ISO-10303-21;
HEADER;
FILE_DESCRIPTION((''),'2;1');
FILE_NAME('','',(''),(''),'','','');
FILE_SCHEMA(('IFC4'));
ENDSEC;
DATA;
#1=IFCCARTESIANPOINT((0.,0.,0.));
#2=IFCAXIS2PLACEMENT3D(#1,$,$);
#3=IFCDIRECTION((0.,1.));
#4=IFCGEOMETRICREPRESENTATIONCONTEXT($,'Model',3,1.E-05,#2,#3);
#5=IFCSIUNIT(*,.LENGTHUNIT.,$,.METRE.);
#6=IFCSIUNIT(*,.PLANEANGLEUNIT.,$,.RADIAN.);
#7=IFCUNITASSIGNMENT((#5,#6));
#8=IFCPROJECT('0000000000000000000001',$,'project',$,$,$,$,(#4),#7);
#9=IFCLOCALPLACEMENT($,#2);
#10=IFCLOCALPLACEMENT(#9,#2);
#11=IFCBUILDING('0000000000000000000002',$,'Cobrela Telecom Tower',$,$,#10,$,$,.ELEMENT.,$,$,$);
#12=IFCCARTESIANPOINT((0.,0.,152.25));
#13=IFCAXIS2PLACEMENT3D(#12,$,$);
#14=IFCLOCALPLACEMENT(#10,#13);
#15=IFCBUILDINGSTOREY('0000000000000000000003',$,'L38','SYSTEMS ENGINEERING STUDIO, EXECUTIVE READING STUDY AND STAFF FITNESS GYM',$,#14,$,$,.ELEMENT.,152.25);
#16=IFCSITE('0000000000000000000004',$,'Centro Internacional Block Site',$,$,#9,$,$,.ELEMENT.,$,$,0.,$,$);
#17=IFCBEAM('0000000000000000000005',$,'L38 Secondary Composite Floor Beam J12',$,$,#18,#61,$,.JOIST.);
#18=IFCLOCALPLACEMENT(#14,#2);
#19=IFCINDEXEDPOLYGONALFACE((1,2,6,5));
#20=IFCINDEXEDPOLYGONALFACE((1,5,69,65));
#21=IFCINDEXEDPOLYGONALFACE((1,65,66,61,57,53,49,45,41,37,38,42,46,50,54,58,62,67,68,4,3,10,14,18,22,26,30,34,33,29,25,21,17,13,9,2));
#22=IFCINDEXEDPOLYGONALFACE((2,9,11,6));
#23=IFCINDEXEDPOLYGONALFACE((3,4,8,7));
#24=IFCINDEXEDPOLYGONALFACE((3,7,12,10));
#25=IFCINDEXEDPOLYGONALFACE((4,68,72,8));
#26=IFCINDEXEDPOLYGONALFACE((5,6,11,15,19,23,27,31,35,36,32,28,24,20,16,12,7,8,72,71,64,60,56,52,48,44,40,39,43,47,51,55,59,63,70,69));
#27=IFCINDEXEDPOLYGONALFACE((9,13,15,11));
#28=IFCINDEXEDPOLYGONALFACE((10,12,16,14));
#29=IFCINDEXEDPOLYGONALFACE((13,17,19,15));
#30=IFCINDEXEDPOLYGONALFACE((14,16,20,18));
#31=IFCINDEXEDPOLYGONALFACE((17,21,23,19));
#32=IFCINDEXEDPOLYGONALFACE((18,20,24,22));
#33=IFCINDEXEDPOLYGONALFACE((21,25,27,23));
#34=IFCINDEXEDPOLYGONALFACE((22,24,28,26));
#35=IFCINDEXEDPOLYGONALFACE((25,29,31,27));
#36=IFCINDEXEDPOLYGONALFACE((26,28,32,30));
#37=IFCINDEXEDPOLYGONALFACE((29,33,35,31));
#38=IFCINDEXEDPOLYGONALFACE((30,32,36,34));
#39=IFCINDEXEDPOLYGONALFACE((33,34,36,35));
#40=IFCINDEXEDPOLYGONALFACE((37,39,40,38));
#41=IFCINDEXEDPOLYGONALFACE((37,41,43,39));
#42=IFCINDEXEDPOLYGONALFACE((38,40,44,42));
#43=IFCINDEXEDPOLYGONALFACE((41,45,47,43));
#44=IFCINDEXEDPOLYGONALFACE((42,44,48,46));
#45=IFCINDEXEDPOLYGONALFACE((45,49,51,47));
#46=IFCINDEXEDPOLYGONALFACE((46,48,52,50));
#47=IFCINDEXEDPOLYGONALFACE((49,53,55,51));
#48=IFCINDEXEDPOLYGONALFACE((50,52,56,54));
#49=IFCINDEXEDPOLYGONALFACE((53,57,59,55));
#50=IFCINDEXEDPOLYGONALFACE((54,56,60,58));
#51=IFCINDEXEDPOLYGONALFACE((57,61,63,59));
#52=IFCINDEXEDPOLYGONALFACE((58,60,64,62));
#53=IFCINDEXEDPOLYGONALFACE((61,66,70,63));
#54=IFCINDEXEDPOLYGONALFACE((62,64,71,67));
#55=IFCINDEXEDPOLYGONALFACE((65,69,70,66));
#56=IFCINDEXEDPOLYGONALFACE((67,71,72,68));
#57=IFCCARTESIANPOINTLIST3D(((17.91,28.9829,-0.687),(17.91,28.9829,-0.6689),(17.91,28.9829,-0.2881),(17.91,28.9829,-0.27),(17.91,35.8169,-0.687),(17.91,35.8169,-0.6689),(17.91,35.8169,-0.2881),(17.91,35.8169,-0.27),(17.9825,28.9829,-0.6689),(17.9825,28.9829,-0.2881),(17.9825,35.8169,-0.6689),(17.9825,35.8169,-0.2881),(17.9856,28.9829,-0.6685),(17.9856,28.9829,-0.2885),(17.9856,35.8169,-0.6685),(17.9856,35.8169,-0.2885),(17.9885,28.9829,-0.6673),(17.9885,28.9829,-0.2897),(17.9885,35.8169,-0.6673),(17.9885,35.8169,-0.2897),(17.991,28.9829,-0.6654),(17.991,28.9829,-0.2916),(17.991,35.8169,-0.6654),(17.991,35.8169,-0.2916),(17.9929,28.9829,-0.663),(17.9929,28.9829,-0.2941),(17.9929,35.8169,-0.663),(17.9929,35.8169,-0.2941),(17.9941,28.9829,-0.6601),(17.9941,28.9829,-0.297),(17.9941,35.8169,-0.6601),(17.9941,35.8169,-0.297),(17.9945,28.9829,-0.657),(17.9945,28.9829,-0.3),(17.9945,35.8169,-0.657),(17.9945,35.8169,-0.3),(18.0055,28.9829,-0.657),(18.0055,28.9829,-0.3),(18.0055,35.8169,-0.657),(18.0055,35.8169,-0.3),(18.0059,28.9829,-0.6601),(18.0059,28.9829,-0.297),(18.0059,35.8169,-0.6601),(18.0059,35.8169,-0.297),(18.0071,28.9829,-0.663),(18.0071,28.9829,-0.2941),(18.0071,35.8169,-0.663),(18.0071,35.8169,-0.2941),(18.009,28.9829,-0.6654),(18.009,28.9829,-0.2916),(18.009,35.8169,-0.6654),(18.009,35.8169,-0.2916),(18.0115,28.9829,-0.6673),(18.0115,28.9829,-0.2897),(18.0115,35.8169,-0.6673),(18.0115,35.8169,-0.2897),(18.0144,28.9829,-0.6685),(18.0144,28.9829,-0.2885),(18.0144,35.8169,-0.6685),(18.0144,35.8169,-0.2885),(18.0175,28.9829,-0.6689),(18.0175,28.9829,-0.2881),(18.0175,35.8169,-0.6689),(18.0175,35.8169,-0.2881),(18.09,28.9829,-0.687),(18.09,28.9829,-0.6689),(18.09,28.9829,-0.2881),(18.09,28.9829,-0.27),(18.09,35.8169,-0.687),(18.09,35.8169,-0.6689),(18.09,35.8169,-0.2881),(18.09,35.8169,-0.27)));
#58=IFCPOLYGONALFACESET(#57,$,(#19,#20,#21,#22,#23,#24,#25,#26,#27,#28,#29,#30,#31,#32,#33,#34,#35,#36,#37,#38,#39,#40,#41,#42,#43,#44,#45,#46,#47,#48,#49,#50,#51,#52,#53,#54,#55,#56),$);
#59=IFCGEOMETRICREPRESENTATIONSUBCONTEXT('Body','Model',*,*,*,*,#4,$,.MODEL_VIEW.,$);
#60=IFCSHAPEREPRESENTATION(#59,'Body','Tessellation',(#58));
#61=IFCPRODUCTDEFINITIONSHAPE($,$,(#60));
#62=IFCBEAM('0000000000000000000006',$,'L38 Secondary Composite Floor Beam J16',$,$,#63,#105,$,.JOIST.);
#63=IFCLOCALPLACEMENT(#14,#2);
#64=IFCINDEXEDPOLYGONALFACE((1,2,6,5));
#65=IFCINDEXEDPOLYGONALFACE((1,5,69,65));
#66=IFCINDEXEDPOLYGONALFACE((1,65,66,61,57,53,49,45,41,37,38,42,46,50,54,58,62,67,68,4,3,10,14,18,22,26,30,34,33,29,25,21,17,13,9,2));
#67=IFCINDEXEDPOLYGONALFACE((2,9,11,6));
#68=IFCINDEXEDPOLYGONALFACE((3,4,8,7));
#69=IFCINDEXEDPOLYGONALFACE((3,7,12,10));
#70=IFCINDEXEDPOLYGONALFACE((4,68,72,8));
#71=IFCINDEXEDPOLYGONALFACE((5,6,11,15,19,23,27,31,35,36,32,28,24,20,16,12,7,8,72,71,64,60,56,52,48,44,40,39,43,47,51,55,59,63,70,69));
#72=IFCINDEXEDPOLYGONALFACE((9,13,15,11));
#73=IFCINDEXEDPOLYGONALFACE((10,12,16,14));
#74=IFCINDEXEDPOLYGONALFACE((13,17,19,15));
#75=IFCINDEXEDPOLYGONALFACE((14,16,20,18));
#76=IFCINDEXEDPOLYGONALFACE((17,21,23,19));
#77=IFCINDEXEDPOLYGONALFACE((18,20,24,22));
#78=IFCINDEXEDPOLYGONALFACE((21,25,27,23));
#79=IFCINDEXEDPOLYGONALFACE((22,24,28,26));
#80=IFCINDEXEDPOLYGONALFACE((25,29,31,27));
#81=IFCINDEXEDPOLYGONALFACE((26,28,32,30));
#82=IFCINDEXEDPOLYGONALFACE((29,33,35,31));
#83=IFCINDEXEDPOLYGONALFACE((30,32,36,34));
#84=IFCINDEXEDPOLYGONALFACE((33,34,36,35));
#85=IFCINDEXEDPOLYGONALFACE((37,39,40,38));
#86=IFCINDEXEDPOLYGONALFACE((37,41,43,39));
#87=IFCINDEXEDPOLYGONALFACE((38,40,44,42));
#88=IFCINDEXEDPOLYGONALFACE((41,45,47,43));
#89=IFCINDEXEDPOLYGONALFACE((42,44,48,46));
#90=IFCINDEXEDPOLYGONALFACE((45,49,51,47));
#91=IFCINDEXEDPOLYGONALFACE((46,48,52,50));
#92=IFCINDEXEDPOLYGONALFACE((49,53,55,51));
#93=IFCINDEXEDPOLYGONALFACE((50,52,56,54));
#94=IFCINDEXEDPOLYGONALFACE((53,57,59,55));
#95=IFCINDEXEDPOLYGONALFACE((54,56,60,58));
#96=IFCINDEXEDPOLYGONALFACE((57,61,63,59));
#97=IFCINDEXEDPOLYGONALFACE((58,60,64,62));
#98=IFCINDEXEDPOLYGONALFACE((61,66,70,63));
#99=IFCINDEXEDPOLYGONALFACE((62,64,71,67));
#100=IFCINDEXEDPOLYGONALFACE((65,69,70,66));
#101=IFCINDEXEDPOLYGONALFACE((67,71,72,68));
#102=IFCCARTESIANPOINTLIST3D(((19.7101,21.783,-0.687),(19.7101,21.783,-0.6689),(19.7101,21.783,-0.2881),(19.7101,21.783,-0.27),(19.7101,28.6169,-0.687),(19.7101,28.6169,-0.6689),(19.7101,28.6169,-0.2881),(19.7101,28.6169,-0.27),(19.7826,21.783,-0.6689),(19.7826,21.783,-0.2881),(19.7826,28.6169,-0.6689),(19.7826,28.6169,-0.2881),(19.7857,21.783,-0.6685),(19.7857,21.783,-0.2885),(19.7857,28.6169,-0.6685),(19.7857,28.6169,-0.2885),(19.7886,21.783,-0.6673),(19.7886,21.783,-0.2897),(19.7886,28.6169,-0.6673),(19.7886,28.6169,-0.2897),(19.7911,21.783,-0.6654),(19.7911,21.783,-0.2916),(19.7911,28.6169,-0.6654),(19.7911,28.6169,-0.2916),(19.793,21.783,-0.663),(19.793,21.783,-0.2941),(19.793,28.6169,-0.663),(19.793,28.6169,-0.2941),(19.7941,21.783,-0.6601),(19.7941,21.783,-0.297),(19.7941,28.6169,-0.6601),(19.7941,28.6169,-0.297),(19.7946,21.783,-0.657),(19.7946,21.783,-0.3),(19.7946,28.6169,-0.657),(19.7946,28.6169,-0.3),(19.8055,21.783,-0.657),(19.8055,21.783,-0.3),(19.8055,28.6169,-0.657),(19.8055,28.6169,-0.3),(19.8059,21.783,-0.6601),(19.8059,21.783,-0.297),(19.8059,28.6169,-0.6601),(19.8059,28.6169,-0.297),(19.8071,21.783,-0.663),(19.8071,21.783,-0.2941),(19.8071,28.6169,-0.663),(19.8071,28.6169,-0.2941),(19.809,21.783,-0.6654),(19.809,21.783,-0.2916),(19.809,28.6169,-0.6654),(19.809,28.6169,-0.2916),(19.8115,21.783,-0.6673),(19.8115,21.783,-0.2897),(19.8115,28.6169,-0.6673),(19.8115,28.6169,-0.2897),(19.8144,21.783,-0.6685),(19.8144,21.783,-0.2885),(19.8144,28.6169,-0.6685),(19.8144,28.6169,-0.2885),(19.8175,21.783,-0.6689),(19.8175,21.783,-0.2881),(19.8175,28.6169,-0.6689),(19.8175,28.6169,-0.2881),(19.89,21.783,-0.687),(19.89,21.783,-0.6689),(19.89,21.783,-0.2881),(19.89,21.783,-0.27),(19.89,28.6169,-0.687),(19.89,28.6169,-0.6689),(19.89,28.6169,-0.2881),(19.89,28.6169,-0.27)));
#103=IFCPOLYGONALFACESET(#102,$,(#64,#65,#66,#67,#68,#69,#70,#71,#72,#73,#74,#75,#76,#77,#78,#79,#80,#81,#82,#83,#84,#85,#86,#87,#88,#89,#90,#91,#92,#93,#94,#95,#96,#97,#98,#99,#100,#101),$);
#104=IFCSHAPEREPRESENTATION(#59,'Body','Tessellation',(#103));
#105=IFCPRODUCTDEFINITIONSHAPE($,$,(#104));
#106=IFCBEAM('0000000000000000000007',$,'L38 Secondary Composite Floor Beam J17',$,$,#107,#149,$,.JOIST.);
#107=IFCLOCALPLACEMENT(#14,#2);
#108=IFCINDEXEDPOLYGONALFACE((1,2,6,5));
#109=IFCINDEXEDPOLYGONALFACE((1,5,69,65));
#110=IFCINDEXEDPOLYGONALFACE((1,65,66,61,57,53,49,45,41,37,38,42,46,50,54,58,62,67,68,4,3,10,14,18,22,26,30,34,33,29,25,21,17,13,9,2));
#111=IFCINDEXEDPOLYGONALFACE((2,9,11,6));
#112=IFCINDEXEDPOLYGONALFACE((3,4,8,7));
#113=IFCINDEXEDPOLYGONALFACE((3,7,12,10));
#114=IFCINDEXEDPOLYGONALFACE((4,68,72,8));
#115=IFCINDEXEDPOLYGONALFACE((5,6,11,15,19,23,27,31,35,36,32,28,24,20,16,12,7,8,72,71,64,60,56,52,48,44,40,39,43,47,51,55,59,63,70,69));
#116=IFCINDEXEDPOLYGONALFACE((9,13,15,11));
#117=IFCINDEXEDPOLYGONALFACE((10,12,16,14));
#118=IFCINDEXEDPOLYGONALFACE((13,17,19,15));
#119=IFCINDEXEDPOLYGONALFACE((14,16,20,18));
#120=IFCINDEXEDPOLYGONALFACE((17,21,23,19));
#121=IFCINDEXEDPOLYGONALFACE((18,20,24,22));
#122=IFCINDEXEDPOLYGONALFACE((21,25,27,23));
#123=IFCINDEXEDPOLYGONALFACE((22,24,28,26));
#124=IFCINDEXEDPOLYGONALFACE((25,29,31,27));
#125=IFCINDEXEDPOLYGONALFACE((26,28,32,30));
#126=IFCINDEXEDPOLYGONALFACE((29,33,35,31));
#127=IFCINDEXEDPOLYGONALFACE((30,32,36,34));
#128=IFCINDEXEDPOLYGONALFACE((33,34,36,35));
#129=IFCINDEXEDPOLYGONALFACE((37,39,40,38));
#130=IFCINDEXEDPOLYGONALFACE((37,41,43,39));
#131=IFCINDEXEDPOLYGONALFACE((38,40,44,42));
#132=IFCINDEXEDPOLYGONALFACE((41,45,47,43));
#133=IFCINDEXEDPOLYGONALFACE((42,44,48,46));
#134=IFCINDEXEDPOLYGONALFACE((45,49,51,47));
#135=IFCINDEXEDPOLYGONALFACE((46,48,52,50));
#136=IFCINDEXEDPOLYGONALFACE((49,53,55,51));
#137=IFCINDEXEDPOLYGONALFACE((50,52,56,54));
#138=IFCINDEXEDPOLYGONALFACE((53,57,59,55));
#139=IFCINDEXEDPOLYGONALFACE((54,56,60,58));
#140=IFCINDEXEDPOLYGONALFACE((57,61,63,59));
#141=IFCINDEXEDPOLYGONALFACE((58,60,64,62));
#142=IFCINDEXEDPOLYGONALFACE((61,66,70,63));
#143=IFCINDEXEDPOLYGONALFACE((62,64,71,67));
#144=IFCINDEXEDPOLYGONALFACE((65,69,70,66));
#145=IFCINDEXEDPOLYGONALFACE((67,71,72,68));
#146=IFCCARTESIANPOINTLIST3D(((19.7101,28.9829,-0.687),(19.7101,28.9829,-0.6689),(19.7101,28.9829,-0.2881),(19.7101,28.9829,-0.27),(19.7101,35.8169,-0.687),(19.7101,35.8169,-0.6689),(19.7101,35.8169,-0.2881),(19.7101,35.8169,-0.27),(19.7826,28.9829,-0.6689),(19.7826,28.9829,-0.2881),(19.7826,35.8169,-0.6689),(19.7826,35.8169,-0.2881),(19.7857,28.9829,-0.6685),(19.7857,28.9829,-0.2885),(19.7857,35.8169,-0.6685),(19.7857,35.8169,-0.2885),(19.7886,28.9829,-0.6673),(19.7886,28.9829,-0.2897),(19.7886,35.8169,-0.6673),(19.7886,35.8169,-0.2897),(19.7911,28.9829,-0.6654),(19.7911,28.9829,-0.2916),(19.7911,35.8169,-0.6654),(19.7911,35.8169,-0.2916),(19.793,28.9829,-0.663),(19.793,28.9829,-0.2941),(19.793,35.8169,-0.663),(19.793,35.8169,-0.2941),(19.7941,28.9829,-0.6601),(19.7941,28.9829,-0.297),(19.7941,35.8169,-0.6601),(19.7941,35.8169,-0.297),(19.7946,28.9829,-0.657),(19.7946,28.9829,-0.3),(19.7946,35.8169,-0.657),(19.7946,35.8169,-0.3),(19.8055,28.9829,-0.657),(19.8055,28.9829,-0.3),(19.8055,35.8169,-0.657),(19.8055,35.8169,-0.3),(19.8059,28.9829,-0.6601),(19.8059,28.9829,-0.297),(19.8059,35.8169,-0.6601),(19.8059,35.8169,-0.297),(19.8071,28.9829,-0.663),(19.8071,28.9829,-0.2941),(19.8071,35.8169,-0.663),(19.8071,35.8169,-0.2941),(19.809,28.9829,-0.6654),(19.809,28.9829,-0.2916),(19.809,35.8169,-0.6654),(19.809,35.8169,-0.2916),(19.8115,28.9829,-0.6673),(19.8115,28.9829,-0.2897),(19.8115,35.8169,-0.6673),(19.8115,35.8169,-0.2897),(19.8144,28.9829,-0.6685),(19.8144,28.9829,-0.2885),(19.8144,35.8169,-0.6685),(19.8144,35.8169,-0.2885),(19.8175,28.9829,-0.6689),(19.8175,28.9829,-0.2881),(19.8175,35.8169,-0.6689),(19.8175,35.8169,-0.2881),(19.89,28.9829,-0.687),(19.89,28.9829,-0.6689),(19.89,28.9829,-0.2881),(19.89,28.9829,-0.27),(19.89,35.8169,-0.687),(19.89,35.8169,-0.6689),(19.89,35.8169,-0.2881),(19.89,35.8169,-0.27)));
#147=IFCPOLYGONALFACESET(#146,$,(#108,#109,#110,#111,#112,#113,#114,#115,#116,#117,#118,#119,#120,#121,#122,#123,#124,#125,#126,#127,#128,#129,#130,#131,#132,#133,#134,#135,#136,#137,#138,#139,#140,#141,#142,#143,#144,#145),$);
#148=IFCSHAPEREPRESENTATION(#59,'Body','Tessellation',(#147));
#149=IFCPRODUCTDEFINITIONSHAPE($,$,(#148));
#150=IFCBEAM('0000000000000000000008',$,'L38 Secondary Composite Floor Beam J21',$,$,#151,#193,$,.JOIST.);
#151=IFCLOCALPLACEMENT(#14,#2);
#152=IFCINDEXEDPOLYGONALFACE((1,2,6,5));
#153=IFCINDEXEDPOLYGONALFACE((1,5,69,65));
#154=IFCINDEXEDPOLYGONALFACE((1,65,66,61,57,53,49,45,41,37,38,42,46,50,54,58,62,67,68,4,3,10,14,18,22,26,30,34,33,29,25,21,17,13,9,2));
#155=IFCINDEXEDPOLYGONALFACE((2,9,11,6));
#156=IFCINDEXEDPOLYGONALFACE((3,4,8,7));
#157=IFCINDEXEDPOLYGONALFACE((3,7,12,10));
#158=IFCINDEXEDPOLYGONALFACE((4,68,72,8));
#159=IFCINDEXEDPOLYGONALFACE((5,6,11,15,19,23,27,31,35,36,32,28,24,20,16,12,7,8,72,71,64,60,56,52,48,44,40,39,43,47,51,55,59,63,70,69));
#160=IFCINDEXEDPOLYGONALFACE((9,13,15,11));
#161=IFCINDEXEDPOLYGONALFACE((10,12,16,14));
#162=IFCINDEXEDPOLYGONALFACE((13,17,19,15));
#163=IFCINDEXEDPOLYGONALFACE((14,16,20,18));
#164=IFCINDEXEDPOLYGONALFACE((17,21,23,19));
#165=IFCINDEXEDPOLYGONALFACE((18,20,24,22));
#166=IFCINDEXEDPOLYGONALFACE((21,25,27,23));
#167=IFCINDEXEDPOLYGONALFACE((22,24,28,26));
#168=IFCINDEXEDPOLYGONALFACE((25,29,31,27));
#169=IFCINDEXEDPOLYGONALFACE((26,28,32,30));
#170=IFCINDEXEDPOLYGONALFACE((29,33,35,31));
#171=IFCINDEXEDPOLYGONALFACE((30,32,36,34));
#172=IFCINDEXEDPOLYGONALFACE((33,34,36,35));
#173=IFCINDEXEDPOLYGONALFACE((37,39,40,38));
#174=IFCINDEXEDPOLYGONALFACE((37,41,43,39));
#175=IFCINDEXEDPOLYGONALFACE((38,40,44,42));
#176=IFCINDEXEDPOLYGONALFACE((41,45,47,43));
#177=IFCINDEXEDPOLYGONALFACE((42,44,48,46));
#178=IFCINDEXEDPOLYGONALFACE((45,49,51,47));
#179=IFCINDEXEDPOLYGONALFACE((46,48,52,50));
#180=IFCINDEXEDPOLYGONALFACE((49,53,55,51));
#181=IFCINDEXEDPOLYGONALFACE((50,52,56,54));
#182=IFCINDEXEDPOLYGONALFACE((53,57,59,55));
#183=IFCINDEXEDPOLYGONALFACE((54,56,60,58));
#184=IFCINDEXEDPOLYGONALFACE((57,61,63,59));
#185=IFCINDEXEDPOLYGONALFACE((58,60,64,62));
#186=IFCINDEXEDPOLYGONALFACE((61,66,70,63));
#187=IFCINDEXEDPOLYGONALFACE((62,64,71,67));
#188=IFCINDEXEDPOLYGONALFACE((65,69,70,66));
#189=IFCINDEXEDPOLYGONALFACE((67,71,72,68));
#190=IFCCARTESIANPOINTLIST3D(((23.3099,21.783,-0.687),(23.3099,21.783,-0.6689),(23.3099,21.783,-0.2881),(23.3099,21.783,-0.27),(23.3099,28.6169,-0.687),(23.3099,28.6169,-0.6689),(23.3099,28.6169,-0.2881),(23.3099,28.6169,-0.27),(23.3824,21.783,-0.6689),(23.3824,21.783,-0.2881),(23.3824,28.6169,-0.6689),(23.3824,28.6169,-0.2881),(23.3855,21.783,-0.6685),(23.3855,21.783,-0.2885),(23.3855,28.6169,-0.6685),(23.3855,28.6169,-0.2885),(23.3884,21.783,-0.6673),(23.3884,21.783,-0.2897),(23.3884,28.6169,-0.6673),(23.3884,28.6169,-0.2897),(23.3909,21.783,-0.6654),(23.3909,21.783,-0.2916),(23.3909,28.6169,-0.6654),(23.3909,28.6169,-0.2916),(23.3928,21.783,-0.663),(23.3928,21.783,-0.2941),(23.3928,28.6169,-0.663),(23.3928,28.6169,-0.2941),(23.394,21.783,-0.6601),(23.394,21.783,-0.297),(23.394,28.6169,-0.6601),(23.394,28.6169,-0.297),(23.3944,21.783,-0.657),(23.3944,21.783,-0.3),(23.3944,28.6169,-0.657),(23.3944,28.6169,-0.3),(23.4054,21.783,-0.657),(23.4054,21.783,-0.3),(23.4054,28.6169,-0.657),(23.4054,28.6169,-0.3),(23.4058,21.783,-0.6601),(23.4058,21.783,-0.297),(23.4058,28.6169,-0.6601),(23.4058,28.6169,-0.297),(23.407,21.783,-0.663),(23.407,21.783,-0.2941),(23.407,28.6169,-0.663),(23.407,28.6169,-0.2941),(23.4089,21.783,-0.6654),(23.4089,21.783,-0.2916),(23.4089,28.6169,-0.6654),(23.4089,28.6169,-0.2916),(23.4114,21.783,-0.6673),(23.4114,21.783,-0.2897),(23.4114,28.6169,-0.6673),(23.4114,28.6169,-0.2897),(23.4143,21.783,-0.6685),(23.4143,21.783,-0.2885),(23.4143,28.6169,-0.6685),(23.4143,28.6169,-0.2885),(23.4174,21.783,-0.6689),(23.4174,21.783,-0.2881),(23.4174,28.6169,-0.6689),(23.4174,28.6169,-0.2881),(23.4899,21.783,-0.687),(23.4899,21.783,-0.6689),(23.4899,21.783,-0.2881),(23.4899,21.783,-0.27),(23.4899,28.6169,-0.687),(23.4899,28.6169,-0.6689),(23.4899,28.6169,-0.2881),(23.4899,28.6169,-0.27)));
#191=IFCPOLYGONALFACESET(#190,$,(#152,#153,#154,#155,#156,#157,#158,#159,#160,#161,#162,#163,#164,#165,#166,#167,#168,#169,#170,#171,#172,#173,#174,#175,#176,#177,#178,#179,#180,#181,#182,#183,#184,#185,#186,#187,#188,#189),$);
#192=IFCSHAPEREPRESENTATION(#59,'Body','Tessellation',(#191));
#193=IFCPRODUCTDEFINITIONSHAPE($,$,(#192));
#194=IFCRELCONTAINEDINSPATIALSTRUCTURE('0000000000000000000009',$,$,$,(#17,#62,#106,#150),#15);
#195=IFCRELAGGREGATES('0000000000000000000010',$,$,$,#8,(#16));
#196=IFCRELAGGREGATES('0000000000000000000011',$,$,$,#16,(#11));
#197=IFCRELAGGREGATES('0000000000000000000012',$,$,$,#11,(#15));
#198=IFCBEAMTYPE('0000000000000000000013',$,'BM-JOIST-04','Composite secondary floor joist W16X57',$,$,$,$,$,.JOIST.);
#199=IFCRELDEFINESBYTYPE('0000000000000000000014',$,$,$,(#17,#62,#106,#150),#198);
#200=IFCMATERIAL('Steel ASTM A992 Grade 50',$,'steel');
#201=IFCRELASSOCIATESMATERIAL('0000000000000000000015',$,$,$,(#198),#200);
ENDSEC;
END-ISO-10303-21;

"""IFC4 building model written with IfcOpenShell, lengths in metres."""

from ifc_helpers import new_model, si_unit, direction, frame, origin, origin_2d, place, context, subcontext, project, spatial, i_section, extrude, material, material_profile, profile_set, type_object, element, save


model = new_model("IFC4")

# Units and contexts
model_context = context("Model", 3, precision=1e-05, world=origin(), true_north=direction((0.0, 1.0)))
body_context = subcontext(model_context, "Body", "Model", "MODEL_VIEW")
ifc_project = project(units=[si_unit("LENGTHUNIT", "METRE"), si_unit("PLANEANGLEUNIT", "RADIAN")], contexts=[model_context])

# Site, building, storey
site_placement = place(None, origin())
site = spatial("IfcSite", under=ifc_project, at=site_placement, Name="Centro Internacional Block Site", CompositionType="ELEMENT", RefElevation=0.0)
building_placement = place(site_placement, origin())
building = spatial("IfcBuilding", under=site, at=building_placement, Name="Cobrela Telecom Tower", CompositionType="ELEMENT")
storey_placement = place(building_placement, frame((0.0, 0.0, 152.25)))
storey = spatial("IfcBuildingStorey", under=building, at=storey_placement, Name="L38", Description="SYSTEMS ENGINEERING STUDIO, EXECUTIVE READING STUDY AND STAFF FITNESS GYM", CompositionType="ELEMENT", Elevation=152.25)

# Shared definitions
ifc_material_1 = material(Name="Steel ASTM A992 Grade 50", Category="steel")

# Beams
ifc_material_profile_1 = material_profile(ifc_material_1, i_section(OverallWidth=0.1799, OverallDepth=0.417, WebThickness=0.011, FlangeThickness=0.0181, FilletRadius=0.012, at=origin_2d()), Name="W16X57")
ifc_profile_set_1 = profile_set([ifc_material_profile_1], Name="Steel ASTM A992 Grade 50")
beam_type_1 = type_object("IfcBeamType", Name="BM-JOIST-04", Description="Composite secondary floor joist W16X57", PredefinedType="JOIST", material=ifc_profile_set_1)
for number, where, z_axis, x_axis, name in (
    (1, (18.0, 28.9829, -0.4785), (0.0, 1.0, 0.0), (-1.0, 0.0, 0.0), "L38 Secondary Composite Floor Beam J12"),
    (2, (19.8, 21.783, -0.4785), (0.0, 1.0, 0.0), (-1.0, 0.0, 0.0), "L38 Secondary Composite Floor Beam J16"),
    (3, (19.8, 28.9829, -0.4785), (0.0, 1.0, 0.0), (-1.0, 0.0, 0.0), "L38 Secondary Composite Floor Beam J17"),
    (4, (23.3999, 21.783, -0.4785), (0.0, 1.0, 0.0), (-1.0, 0.0, 0.0), "L38 Secondary Composite Floor Beam J21"),
):
    element("IfcBeam", number, at=place(storey_placement, frame(where, z_axis=z_axis, x_axis=x_axis)), inside=storey, type_object=beam_type_1, Name=name, PredefinedType="JOIST", context=body_context, shape_type="SweptSolid", body=[
        extrude(i_section(OverallWidth=0.1799, OverallDepth=0.417, WebThickness=0.011, FlangeThickness=0.0181, FilletRadius=0.012, at=origin_2d()), origin(), (0.0, 0.0, 1.0), 6.834),
    ])

save(model, "model.ifc")
